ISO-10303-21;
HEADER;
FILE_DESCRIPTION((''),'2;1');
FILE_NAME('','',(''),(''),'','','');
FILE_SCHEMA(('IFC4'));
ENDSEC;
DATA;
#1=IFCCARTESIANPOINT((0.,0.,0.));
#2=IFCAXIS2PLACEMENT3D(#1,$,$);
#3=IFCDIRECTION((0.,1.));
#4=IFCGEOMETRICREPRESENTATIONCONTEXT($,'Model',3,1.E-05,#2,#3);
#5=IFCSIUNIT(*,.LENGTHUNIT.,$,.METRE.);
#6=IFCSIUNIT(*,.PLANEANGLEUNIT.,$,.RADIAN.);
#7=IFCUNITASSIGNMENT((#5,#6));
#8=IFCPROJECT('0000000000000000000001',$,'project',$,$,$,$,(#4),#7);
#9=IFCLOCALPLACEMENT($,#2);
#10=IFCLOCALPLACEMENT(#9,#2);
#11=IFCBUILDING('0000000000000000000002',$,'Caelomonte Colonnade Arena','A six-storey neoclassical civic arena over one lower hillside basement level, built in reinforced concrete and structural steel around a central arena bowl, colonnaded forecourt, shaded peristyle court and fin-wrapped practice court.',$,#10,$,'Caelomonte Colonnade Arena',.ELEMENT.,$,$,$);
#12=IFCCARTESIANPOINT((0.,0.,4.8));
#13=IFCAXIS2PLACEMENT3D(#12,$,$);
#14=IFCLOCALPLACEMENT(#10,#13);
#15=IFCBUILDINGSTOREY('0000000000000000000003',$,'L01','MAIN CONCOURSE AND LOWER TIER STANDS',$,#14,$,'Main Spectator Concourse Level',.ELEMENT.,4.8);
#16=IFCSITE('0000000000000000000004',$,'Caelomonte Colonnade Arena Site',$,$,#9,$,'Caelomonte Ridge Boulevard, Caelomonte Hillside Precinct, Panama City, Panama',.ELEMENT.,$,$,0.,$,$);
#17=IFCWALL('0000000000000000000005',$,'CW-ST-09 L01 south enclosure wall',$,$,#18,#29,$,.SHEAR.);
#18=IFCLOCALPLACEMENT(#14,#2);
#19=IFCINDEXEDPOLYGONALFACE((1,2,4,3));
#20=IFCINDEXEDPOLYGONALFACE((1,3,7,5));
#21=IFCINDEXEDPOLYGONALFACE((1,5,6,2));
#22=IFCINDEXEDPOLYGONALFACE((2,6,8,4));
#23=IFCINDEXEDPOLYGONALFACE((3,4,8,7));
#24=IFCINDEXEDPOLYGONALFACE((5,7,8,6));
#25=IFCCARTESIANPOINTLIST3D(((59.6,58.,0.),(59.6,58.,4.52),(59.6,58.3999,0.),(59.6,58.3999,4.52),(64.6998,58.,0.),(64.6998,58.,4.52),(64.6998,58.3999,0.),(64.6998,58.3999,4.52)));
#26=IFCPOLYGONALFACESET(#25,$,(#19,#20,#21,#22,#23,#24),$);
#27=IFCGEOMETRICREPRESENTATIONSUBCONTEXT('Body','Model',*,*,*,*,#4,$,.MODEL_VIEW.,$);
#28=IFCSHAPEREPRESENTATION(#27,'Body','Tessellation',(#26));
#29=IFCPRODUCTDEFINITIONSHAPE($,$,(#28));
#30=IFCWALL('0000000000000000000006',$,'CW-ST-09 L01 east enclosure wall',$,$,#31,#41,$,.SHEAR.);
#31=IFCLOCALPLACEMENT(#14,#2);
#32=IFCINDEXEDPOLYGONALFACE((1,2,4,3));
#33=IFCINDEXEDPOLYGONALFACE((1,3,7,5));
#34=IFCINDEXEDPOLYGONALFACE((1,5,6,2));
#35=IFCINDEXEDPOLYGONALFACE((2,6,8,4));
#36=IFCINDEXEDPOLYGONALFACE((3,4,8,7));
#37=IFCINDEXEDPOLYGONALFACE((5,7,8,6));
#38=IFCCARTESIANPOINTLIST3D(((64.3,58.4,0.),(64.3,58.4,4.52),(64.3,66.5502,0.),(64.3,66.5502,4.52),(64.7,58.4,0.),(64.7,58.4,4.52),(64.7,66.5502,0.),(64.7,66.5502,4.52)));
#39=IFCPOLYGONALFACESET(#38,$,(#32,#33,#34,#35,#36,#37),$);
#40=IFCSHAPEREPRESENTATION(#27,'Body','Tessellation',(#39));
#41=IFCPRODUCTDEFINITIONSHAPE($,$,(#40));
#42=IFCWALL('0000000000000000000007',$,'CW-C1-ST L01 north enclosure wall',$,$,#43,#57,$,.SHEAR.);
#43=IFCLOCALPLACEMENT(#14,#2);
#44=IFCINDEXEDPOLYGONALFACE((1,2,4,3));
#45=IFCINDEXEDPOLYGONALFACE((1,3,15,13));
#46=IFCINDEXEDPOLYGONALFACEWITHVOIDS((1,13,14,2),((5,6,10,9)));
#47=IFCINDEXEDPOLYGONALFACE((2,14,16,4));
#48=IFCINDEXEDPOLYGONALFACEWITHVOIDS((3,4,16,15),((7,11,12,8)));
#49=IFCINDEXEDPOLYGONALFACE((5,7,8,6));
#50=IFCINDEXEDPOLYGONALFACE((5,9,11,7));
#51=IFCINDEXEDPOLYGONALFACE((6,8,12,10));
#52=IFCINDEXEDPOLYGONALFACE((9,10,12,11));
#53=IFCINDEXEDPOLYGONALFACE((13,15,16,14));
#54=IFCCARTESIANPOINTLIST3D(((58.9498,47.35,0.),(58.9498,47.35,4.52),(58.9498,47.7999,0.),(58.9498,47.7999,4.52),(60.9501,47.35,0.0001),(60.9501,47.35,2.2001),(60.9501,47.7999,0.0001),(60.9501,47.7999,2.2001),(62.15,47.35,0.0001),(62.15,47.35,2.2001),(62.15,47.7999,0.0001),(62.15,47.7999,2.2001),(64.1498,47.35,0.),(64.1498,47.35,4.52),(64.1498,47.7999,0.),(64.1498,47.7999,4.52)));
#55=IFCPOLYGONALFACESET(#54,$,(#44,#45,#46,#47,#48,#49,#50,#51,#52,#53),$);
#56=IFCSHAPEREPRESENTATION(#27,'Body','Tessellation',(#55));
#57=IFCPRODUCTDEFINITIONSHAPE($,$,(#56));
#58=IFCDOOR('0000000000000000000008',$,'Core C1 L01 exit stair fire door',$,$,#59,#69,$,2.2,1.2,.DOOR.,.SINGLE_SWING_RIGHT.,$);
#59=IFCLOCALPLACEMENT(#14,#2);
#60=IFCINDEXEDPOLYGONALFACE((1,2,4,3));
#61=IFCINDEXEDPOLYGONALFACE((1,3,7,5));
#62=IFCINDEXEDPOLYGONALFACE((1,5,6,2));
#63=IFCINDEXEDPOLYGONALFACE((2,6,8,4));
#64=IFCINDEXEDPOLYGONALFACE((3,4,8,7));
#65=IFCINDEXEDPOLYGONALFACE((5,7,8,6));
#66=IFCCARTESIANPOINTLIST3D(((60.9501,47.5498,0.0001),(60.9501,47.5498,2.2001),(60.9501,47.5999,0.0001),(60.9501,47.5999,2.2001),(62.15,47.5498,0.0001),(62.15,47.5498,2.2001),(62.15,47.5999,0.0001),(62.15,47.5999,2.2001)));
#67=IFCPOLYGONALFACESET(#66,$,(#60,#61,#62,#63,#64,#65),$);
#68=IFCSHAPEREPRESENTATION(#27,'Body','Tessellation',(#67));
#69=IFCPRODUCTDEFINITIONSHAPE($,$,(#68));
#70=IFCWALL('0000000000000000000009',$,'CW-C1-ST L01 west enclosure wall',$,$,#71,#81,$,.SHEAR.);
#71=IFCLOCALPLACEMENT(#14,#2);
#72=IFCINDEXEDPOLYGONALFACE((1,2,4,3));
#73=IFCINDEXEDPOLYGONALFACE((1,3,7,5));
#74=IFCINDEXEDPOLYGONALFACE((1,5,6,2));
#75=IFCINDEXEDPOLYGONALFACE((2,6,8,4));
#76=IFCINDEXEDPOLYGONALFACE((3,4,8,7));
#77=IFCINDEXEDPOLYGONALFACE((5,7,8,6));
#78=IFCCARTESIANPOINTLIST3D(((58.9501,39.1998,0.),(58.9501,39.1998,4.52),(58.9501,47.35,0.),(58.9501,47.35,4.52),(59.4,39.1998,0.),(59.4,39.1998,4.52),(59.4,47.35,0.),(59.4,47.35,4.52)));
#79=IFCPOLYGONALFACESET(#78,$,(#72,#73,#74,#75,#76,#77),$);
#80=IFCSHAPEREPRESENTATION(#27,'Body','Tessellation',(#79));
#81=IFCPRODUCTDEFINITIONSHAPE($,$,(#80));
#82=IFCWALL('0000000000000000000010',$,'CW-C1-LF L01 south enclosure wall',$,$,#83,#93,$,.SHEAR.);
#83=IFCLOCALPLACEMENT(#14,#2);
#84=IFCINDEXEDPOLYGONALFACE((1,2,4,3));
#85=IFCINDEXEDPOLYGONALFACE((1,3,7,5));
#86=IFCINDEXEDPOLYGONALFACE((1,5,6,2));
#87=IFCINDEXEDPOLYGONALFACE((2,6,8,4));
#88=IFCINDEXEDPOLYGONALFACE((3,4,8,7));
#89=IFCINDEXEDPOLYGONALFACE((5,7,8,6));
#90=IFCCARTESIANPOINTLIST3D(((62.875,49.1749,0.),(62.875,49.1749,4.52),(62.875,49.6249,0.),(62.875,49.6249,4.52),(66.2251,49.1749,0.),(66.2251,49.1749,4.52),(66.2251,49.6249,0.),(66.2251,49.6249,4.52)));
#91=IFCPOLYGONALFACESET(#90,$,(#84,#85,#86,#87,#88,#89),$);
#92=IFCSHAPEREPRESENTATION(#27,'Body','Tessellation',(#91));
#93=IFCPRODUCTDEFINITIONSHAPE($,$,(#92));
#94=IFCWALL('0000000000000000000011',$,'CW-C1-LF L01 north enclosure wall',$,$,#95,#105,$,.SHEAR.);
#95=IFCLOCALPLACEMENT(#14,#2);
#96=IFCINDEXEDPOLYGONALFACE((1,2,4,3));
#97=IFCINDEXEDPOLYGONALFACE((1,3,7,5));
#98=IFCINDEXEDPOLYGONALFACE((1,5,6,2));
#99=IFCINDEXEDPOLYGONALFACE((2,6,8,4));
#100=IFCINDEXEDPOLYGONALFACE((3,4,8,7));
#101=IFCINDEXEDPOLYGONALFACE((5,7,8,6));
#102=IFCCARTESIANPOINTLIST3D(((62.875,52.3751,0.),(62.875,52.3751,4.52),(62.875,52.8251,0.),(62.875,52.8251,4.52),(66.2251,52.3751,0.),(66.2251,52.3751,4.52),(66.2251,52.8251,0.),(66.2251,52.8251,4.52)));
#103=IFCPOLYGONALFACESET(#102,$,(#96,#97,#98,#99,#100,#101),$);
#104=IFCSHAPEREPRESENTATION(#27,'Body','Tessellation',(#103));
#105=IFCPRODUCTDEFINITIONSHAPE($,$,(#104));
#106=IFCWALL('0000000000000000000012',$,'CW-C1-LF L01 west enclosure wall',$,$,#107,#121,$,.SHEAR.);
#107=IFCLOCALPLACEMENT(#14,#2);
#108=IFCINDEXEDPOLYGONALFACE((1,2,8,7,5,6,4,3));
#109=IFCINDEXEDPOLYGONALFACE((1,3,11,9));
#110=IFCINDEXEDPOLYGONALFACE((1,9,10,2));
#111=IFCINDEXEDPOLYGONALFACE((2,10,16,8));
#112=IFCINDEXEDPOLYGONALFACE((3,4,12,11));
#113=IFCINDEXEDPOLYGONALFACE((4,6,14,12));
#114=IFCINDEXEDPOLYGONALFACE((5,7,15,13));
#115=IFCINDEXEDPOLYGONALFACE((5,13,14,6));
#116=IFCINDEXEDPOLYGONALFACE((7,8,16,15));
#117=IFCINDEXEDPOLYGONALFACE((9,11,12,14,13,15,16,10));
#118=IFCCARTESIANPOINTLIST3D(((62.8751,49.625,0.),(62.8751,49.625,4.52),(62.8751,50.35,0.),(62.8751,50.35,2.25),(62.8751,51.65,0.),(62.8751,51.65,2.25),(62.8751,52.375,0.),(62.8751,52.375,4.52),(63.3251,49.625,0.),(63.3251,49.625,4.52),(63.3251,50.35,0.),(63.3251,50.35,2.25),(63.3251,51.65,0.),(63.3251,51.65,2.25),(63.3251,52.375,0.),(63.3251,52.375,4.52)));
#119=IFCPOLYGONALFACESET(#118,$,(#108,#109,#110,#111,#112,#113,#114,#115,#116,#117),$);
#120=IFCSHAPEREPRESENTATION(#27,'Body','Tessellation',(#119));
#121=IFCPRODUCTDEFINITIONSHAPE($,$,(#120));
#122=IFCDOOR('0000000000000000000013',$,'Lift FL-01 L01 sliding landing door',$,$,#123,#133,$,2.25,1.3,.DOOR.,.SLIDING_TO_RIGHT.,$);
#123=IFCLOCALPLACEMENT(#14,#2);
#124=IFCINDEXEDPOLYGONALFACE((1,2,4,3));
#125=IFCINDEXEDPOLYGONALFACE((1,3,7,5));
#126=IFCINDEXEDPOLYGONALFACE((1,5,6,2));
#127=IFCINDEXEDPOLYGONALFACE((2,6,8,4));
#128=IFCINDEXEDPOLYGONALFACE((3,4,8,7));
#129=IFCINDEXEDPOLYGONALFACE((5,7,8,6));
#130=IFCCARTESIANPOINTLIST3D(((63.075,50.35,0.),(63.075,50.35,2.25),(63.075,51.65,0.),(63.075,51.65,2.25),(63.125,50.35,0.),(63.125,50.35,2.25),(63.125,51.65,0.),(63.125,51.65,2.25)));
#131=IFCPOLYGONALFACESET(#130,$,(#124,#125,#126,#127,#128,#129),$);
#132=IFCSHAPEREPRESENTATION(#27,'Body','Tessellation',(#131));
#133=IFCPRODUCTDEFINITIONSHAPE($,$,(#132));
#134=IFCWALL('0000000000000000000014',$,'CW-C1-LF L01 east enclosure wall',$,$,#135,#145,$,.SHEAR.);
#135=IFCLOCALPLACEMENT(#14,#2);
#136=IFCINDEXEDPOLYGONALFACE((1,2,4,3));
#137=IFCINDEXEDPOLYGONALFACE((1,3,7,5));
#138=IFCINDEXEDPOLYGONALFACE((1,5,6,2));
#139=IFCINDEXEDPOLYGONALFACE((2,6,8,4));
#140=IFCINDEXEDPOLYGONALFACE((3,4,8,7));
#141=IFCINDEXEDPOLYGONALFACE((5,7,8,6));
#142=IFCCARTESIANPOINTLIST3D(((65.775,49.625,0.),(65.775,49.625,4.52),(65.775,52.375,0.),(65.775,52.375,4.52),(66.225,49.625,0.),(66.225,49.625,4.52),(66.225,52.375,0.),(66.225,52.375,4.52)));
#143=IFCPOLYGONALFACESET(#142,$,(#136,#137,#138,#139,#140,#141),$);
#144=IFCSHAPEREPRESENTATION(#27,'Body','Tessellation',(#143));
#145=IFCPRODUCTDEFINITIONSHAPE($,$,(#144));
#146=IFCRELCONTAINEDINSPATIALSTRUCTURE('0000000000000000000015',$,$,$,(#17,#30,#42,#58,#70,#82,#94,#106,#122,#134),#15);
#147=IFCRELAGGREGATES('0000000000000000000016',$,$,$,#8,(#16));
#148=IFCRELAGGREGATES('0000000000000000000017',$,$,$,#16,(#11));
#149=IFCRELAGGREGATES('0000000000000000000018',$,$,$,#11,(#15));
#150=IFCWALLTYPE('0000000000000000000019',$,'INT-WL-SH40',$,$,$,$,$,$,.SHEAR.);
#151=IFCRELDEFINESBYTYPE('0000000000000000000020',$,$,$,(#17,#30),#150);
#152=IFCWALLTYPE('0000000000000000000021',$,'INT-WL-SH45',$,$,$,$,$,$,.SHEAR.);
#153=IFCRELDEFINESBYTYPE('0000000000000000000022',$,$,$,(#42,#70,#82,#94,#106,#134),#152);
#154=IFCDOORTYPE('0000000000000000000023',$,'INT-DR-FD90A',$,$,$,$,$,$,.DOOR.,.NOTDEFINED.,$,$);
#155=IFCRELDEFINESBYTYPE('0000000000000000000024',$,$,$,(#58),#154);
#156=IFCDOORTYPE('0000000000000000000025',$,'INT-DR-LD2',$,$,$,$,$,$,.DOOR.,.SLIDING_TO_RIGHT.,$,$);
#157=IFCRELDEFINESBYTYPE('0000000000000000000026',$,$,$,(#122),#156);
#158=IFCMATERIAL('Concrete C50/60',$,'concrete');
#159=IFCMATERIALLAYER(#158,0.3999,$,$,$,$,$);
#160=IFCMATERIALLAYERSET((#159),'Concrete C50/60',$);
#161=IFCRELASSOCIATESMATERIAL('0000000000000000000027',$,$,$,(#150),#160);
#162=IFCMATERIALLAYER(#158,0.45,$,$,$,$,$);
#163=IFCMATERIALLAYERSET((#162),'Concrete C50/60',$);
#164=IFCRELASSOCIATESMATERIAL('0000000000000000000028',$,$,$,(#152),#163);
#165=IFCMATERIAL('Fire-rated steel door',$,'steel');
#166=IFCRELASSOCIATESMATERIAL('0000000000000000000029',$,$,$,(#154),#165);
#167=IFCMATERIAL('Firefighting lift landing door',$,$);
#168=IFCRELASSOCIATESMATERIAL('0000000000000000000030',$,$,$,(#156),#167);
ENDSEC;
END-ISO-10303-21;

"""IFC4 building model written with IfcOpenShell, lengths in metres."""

from ifc_helpers import new_model, si_unit, direction, frame, frame_2d, origin, place, context, subcontext, project, spatial, rectangle, extrude, material, layer, layer_set, type_object, element, fill, save


model = new_model("IFC4")

# Units and contexts
model_context = context("Model", 3, precision=1e-05, world=origin(), true_north=direction((0.0, 1.0)))
body_context = subcontext(model_context, "Body", "Model", "MODEL_VIEW")
ifc_project = project(units=[si_unit("LENGTHUNIT", "METRE"), si_unit("PLANEANGLEUNIT", "RADIAN")], contexts=[model_context])

# Site, building, storey
site_placement = place(None, origin())
site = spatial("IfcSite", under=ifc_project, at=site_placement, Name="Caelomonte Colonnade Arena Site", LongName="Caelomonte Ridge Boulevard, Caelomonte Hillside Precinct, Panama City, Panama", CompositionType="ELEMENT", RefElevation=0.0)
building_placement = place(site_placement, origin())
building = spatial("IfcBuilding", under=site, at=building_placement, Name="Caelomonte Colonnade Arena", Description="A six-storey neoclassical civic arena over one lower hillside basement level, built in reinforced concrete and structural steel around a central arena bowl, colonnaded forecourt, shaded peristyle court and fin-wrapped practice court.", LongName="Caelomonte Colonnade Arena", CompositionType="ELEMENT")
storey_placement = place(building_placement, frame((0.0, 0.0, 4.8)))
storey = spatial("IfcBuildingStorey", under=building, at=storey_placement, Name="L01", Description="MAIN CONCOURSE AND LOWER TIER STANDS", LongName="Main Spectator Concourse Level", CompositionType="ELEMENT", Elevation=4.8)

# Shared definitions
ifc_material_1 = material(Name="Concrete C50/60", Category="concrete")

# Walls
ifc_layer_1 = layer(ifc_material_1, 0.3999)
ifc_layer_set_1 = layer_set([ifc_layer_1], Name="Concrete C50/60")
wall_type_1 = type_object("IfcWallType", Name="INT-WL-SH40", PredefinedType="SHEAR", material=ifc_layer_set_1)
wall_1_placement = place(storey_placement, frame((59.6001, 58.2, 0.0), z_axis=(0.0, 0.0, 1.0), x_axis=(1.0, 0.0, 0.0)))
element("IfcWall", 1, at=wall_1_placement, inside=storey, type_object=wall_type_1, Name="CW-ST-09 L01 south enclosure wall", PredefinedType="SHEAR", context=body_context, shape_type="SweptSolid", body=[
    extrude(rectangle(XDim=5.0999, YDim=0.3999, at=frame_2d((2.5498, 0.0))), origin(), (0.0, 0.0, 1.0), 4.52),
])
wall_2_placement = place(storey_placement, frame((64.5, 58.3999, 0.0), z_axis=(0.0, 0.0, 1.0), x_axis=(0.0, 1.0, 0.0)))
element("IfcWall", 2, at=wall_2_placement, inside=storey, type_object=wall_type_1, Name="CW-ST-09 L01 east enclosure wall", PredefinedType="SHEAR", context=body_context, shape_type="SweptSolid", body=[
    extrude(rectangle(XDim=8.1501, YDim=0.3999, at=frame_2d((4.0752, 0.0))), origin(), (0.0, 0.0, 1.0), 4.52),
])

# Wall, opening, door
ifc_layer_2 = layer(ifc_material_1, 0.45)
ifc_layer_set_2 = layer_set([ifc_layer_2], Name="Concrete C50/60")
wall_type_2 = type_object("IfcWallType", Name="INT-WL-SH45", PredefinedType="SHEAR", material=ifc_layer_set_2)
wall_3_placement = place(storey_placement, frame((64.1499, 47.575, 0.0), z_axis=(0.0, 0.0, 1.0), x_axis=(-1.0, 0.0, 0.0)))
wall_3 = element("IfcWall", 3, at=wall_3_placement, inside=storey, type_object=wall_type_2, Name="CW-C1-ST L01 north enclosure wall", PredefinedType="SHEAR", context=body_context, shape_type="SweptSolid", body=[
    extrude(rectangle(XDim=5.2, YDim=0.45, at=frame_2d((2.6001, 0.0))), origin(), (0.0, 0.0, 1.0), 4.52),
])
opening_1_placement = place(wall_3_placement, frame((3.2, 0.0, 0.0), z_axis=(0.0, 0.0, 1.0), x_axis=(-1.0, 0.0, 0.0)))
opening_1 = element("IfcOpeningElement", 4, at=opening_1_placement, cuts=wall_3, PredefinedType="OPENING", context=body_context, shape_type="SweptSolid", body=[
    extrude(rectangle(XDim=1.2, YDim=2.2, at=frame_2d((0.6001, 1.1001))), frame((0.0, 0.2349, 0.0), z_axis=(0.0, -1.0, 0.0), x_axis=(1.0, 0.0, 0.0)), (0.0, 0.0, 1.0), 0.47),
])
ifc_material_2 = material(Name="Fire-rated steel door", Category="steel")
door_type_1 = type_object("IfcDoorType", Name="INT-DR-FD90A", OperationType="NOTDEFINED", PredefinedType="DOOR", material=ifc_material_2)
door_1_placement = place(opening_1_placement, origin())
door_1 = element("IfcDoor", 5, at=door_1_placement, inside=storey, type_object=door_type_1, Name="Core C1 L01 exit stair fire door", OperationType="SINGLE_SWING_RIGHT", OverallHeight=2.2, OverallWidth=1.2, PredefinedType="DOOR", context=body_context, shape_type="SweptSolid", body=[
    extrude(rectangle(XDim=1.2, YDim=2.2, at=frame_2d((0.6001, 1.1001))), frame((0.0, 0.0249, 0.0), z_axis=(0.0, -1.0, 0.0), x_axis=(1.0, 0.0, 0.0)), (0.0, 0.0, 1.0), 0.05),
])
fill(opening_1, door_1)

# Walls
wall_4_placement = place(storey_placement, frame((59.175, 47.3501, 0.0), z_axis=(0.0, 0.0, 1.0), x_axis=(0.0, -1.0, 0.0)))
element("IfcWall", 6, at=wall_4_placement, inside=storey, type_object=wall_type_2, Name="CW-C1-ST L01 west enclosure wall", PredefinedType="SHEAR", context=body_context, shape_type="SweptSolid", body=[
    extrude(rectangle(XDim=8.1501, YDim=0.45, at=frame_2d((4.0752, 0.0))), origin(), (0.0, 0.0, 1.0), 4.52),
])
for number, where, z_axis, x_axis, name in (
    (7, (62.875, 49.3999, 0.0), (0.0, 0.0, 1.0), (1.0, 0.0, 0.0), "CW-C1-LF L01 south enclosure wall"),
    (8, (66.2251, 52.6001, 0.0), (0.0, 0.0, 1.0), (-1.0, 0.0, 0.0), "CW-C1-LF L01 north enclosure wall"),
):
    element("IfcWall", number, at=place(storey_placement, frame(where, z_axis=z_axis, x_axis=x_axis)), inside=storey, type_object=wall_type_2, Name=name, PredefinedType="SHEAR", context=body_context, shape_type="SweptSolid", body=[
        extrude(rectangle(XDim=3.3501, YDim=0.45, at=frame_2d((1.675, 0.0))), origin(), (0.0, 0.0, 1.0), 4.52),
    ])

# Wall, opening, door
wall_5_placement = place(storey_placement, frame((63.1001, 52.375, 0.0), z_axis=(0.0, 0.0, 1.0), x_axis=(0.0, -1.0, 0.0)))
wall_5 = element("IfcWall", 9, at=wall_5_placement, inside=storey, type_object=wall_type_2, Name="CW-C1-LF L01 west enclosure wall", PredefinedType="SHEAR", context=body_context, shape_type="SweptSolid", body=[
    extrude(rectangle(XDim=2.75, YDim=0.45, at=frame_2d((1.375, 0.0))), origin(), (0.0, 0.0, 1.0), 4.52),
])
opening_2_placement = place(wall_5_placement, frame((0.7251, 0.0, 0.0), z_axis=(0.0, 0.0, 1.0), x_axis=(1.0, 0.0, 0.0)))
opening_2 = element("IfcOpeningElement", 10, at=opening_2_placement, cuts=wall_5, PredefinedType="OPENING", context=body_context, shape_type="SweptSolid", body=[
    extrude(rectangle(XDim=1.3, YDim=2.25, at=frame_2d((0.6499, 1.125))), frame((0.0, 0.2349, 0.0), z_axis=(0.0, -1.0, 0.0), x_axis=(1.0, 0.0, 0.0)), (0.0, 0.0, 1.0), 0.47),
])
ifc_material_3 = material(Name="Firefighting lift landing door")
door_type_2 = type_object("IfcDoorType", Name="INT-DR-LD2", OperationType="SLIDING_TO_RIGHT", PredefinedType="DOOR", material=ifc_material_3)
door_2_placement = place(opening_2_placement, origin())
door_2 = element("IfcDoor", 11, at=door_2_placement, inside=storey, type_object=door_type_2, Name="Lift FL-01 L01 sliding landing door", OperationType="SLIDING_TO_RIGHT", OverallHeight=2.25, OverallWidth=1.3, PredefinedType="DOOR", context=body_context, shape_type="SweptSolid", body=[
    extrude(rectangle(XDim=1.3, YDim=2.25, at=frame_2d((0.6499, 1.125))), frame((0.0, 0.0249, 0.0), z_axis=(0.0, -1.0, 0.0), x_axis=(1.0, 0.0, 0.0)), (0.0, 0.0, 1.0), 0.05),
])
fill(opening_2, door_2)

# Wall
wall_6_placement = place(storey_placement, frame((66.0, 49.625, 0.0), z_axis=(0.0, 0.0, 1.0), x_axis=(0.0, 1.0, 0.0)))
element("IfcWall", 12, at=wall_6_placement, inside=storey, type_object=wall_type_2, Name="CW-C1-LF L01 east enclosure wall", PredefinedType="SHEAR", context=body_context, shape_type="SweptSolid", body=[
    extrude(rectangle(XDim=2.75, YDim=0.45, at=frame_2d((1.375, 0.0))), origin(), (0.0, 0.0, 1.0), 4.52),
])

save(model, "model.ifc")
